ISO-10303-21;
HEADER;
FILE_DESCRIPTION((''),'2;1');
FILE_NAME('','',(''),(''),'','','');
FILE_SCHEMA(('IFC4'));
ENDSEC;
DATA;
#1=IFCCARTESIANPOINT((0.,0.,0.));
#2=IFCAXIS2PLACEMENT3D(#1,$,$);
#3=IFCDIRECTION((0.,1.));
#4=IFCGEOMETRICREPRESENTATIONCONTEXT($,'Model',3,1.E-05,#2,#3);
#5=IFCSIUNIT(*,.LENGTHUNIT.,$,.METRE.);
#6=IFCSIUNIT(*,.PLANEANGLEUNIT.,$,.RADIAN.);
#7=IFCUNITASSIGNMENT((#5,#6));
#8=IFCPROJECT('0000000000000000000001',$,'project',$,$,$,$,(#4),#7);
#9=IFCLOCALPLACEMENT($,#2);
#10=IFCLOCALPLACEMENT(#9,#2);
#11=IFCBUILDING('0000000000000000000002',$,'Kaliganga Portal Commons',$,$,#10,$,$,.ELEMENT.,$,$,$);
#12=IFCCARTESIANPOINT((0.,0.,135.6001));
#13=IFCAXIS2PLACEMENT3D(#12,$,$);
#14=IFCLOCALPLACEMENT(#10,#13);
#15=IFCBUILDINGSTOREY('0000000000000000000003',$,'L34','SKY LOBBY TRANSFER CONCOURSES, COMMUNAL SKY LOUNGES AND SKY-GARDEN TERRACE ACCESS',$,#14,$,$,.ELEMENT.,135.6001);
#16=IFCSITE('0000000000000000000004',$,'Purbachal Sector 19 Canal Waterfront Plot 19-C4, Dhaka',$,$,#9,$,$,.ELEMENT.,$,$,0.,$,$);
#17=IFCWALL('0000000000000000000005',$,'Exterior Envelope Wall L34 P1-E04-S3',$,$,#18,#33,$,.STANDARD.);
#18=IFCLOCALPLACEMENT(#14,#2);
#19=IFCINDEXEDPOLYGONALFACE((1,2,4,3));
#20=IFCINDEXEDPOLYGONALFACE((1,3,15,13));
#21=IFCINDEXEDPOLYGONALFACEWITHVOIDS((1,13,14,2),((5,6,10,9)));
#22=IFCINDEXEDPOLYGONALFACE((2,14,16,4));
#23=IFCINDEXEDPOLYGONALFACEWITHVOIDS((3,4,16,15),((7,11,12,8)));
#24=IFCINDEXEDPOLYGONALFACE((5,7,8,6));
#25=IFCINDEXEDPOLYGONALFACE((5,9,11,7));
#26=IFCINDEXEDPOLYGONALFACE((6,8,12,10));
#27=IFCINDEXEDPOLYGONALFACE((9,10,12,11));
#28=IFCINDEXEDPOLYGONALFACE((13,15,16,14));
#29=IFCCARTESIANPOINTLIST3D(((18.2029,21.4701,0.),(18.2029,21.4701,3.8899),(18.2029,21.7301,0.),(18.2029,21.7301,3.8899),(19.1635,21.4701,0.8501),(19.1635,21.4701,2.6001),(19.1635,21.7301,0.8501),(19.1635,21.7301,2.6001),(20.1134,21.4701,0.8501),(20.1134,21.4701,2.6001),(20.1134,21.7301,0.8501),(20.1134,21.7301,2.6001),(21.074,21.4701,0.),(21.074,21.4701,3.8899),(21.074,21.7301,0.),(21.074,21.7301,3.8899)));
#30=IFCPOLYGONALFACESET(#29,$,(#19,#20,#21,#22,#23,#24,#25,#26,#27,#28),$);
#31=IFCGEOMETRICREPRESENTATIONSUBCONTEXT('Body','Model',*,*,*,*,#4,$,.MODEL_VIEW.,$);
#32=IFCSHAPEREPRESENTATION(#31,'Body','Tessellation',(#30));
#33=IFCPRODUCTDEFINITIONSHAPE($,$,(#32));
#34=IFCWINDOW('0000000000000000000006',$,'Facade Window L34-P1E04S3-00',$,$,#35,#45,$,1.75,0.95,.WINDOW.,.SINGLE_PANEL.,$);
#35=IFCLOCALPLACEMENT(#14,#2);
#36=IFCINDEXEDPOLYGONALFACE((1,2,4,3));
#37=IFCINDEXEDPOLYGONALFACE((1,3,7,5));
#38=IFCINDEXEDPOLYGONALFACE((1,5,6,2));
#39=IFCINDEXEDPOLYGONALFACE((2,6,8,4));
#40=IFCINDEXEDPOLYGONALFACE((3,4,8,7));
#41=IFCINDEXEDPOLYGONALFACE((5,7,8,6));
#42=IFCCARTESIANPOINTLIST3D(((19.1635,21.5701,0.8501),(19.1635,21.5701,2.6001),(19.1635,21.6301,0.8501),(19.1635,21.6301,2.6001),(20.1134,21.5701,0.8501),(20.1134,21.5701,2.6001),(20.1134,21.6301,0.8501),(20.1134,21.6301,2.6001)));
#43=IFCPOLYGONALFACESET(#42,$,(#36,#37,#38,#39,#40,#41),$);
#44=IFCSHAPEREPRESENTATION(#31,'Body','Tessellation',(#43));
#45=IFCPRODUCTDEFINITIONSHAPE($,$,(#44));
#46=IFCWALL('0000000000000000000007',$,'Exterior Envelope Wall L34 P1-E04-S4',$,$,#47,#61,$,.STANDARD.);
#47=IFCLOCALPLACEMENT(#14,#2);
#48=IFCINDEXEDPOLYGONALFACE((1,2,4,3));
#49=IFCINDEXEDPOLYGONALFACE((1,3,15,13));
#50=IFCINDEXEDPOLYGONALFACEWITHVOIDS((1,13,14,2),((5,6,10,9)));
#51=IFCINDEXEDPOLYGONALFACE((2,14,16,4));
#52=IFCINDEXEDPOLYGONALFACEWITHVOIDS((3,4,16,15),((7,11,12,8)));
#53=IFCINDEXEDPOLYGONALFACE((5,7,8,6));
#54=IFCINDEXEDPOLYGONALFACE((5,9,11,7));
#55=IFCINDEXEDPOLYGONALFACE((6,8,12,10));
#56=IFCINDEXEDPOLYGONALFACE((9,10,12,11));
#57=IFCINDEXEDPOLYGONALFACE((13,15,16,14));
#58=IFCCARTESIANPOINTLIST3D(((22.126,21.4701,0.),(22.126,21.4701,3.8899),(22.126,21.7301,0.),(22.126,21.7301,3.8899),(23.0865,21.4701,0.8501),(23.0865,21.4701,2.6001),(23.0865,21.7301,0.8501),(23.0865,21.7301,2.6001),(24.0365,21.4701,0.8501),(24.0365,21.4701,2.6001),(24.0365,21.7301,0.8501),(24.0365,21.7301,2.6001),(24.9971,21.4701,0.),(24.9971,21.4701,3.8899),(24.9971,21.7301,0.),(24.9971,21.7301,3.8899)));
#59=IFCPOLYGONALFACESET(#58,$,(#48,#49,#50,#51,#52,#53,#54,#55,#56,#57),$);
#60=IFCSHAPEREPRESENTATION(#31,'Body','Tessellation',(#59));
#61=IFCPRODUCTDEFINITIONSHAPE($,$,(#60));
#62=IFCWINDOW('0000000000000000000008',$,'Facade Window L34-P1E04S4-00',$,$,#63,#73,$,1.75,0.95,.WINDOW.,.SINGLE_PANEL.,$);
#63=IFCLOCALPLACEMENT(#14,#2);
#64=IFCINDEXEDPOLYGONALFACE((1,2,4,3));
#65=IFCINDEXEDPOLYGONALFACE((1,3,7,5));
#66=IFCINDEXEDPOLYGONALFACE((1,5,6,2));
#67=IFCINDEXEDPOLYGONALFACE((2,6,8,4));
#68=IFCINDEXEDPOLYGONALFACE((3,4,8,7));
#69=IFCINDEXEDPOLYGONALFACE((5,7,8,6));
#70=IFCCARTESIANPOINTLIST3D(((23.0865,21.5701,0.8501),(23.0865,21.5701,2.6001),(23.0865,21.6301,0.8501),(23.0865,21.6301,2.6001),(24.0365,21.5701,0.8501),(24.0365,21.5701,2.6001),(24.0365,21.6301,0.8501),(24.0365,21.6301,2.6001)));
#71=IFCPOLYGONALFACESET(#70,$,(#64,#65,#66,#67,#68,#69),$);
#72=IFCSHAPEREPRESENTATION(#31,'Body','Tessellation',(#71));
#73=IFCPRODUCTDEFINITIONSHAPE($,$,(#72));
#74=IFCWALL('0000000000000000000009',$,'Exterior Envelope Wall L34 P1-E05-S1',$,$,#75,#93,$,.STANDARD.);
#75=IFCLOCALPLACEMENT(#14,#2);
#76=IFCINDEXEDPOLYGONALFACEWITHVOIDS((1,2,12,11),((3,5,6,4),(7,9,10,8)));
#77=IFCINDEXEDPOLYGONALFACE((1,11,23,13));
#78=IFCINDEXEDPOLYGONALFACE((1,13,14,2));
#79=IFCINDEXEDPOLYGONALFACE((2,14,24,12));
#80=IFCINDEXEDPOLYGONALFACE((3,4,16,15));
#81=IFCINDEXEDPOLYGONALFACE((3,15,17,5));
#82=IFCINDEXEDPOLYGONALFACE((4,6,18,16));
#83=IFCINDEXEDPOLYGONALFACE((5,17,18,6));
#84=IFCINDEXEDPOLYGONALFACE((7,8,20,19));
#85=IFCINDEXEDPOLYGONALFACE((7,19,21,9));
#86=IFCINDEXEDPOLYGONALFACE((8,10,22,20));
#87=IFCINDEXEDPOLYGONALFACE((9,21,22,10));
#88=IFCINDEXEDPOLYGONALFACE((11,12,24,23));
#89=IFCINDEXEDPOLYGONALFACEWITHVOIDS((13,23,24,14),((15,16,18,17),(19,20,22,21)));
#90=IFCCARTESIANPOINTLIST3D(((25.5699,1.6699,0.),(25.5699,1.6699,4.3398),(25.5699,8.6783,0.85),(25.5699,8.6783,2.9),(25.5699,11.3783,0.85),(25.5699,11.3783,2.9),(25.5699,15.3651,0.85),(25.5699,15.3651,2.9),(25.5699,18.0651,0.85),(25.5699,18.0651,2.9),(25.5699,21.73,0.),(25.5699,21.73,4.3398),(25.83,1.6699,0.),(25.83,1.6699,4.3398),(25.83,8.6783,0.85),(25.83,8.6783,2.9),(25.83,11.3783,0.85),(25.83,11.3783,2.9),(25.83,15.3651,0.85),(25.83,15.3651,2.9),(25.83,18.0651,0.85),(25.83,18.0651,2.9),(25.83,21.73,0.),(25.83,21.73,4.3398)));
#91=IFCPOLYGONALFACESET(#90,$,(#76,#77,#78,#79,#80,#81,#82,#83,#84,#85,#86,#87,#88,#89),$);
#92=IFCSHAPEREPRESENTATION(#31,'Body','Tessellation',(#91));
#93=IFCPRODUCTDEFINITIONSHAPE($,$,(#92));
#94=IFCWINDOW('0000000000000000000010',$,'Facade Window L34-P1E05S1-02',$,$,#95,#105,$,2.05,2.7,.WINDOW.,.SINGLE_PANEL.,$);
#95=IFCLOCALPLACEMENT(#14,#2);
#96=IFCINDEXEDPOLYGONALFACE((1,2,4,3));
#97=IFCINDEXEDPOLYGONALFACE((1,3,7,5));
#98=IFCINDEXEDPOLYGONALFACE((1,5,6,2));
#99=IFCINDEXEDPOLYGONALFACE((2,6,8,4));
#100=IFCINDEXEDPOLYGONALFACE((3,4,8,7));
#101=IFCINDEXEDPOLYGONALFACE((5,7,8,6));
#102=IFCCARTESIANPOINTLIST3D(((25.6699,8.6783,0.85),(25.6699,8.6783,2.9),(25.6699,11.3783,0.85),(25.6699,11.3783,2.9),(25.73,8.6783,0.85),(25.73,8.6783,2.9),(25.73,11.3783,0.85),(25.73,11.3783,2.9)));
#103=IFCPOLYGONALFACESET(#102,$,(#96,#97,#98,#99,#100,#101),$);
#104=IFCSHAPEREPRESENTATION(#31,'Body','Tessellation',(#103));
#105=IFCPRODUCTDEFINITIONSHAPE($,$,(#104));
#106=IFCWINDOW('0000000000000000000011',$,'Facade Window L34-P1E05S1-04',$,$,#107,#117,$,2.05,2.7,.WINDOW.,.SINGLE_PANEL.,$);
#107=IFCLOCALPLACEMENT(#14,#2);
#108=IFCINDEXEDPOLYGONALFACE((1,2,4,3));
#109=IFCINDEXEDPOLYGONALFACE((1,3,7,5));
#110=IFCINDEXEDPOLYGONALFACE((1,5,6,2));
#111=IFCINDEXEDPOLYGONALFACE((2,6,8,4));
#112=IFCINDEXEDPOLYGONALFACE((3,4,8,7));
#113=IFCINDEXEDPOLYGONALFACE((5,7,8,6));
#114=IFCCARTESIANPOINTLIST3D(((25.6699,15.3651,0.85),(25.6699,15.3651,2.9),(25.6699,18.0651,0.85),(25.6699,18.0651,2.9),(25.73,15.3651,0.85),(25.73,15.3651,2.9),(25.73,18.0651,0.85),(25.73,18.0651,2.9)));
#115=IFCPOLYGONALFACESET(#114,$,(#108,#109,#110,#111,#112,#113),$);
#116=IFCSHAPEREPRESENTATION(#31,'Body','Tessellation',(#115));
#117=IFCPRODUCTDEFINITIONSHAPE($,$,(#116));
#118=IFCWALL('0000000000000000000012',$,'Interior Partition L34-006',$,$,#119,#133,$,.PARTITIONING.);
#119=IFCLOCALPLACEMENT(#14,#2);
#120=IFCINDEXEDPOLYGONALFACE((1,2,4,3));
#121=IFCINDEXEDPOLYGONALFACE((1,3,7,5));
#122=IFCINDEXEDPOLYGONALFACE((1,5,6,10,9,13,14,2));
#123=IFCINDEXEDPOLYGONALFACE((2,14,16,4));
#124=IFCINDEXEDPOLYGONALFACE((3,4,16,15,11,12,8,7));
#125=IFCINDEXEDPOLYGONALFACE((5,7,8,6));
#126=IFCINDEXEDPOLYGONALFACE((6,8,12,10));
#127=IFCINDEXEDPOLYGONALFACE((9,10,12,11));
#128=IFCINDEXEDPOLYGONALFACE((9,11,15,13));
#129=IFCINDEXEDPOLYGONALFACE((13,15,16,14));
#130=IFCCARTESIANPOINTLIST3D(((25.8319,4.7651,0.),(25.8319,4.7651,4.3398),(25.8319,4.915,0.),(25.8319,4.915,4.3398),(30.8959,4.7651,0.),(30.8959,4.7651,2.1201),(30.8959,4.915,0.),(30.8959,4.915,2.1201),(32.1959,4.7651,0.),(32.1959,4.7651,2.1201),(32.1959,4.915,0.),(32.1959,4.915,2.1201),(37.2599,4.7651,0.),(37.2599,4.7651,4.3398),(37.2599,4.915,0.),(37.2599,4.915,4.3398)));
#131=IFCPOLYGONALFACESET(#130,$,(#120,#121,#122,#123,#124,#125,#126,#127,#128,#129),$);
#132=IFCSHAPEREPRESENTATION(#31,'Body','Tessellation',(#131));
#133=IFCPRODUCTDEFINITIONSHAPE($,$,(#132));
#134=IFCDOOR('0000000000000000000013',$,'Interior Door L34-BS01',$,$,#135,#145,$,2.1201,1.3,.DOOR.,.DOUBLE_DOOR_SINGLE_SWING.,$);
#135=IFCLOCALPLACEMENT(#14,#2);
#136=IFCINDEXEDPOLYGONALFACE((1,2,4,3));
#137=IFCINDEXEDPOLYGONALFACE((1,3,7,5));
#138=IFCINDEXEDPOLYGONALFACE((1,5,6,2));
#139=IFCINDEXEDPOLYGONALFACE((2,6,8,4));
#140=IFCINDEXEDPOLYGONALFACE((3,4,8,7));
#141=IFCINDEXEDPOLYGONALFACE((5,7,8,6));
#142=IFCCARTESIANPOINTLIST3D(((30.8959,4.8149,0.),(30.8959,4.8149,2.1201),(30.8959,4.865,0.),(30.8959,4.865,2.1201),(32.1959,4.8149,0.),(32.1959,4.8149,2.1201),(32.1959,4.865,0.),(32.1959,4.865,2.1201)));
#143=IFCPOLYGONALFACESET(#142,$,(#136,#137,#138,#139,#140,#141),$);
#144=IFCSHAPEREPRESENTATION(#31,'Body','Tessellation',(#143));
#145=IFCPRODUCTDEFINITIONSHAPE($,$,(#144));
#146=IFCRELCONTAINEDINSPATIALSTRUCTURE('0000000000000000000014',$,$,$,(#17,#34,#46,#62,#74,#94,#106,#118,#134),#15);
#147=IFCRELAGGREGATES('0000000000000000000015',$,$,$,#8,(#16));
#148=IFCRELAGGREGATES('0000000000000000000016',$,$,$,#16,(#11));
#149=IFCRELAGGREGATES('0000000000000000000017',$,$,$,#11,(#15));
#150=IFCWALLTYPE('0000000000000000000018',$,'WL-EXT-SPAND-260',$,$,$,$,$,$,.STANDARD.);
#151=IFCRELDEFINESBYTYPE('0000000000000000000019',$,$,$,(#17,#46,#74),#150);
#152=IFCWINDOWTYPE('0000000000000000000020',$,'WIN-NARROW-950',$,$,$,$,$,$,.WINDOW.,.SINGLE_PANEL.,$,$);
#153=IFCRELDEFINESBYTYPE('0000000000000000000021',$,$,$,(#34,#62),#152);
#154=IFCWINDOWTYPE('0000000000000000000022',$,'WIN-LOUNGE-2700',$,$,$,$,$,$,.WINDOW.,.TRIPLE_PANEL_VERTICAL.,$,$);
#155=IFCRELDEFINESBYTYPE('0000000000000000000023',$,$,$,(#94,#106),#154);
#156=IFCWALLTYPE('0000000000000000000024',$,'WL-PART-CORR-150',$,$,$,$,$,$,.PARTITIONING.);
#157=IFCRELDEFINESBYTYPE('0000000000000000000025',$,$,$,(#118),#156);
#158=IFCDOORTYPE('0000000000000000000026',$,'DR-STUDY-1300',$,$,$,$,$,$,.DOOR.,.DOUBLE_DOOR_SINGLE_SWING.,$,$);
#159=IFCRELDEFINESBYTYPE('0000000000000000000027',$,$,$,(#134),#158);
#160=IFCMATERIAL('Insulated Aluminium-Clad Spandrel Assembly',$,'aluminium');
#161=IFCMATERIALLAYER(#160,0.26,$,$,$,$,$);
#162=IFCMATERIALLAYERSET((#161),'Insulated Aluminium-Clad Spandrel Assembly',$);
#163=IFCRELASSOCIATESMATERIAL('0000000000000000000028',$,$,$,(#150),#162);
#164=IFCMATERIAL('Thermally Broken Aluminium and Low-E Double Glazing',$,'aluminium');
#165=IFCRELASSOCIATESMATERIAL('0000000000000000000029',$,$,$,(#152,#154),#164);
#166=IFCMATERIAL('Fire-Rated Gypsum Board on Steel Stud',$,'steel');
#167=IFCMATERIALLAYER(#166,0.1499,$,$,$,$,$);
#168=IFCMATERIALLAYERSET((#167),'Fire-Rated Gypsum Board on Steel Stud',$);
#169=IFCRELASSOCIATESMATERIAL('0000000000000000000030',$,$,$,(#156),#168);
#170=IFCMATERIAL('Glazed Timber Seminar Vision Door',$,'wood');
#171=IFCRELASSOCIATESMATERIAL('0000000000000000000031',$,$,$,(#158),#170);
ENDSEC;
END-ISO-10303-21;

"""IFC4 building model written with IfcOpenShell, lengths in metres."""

from ifc_helpers import new_model, si_unit, direction, frame, frame_2d, origin, place, context, subcontext, project, spatial, rectangle, extrude, material, layer, layer_set, type_object, element, fill, save


model = new_model("IFC4")

# Units and contexts
model_context = context("Model", 3, precision=1e-05, world=origin(), true_north=direction((0.0, 1.0)))
body_context = subcontext(model_context, "Body", "Model", "MODEL_VIEW")
ifc_project = project(units=[si_unit("LENGTHUNIT", "METRE"), si_unit("PLANEANGLEUNIT", "RADIAN")], contexts=[model_context])

# Site, building, storey
site_placement = place(None, origin())
site = spatial("IfcSite", under=ifc_project, at=site_placement, Name="Purbachal Sector 19 Canal Waterfront Plot 19-C4, Dhaka", CompositionType="ELEMENT", RefElevation=0.0)
building_placement = place(site_placement, origin())
building = spatial("IfcBuilding", under=site, at=building_placement, Name="Kaliganga Portal Commons", CompositionType="ELEMENT")
storey_placement = place(building_placement, frame((0.0, 0.0, 135.6001)))
storey = spatial("IfcBuildingStorey", under=building, at=storey_placement, Name="L34", Description="SKY LOBBY TRANSFER CONCOURSES, COMMUNAL SKY LOUNGES AND SKY-GARDEN TERRACE ACCESS", CompositionType="ELEMENT", Elevation=135.6001)

# Walls, openings, windows
ifc_material_1 = material(Name="Insulated Aluminium-Clad Spandrel Assembly", Category="aluminium")
ifc_layer_1 = layer(ifc_material_1, 0.26)
ifc_layer_set_1 = layer_set([ifc_layer_1], Name="Insulated Aluminium-Clad Spandrel Assembly")
wall_type_1 = type_object("IfcWallType", Name="WL-EXT-SPAND-260", PredefinedType="STANDARD", material=ifc_layer_set_1)
wall_1_placement = place(storey_placement, frame((21.074, 21.6001, 0.0), z_axis=(0.0, 0.0, 1.0), x_axis=(-1.0, 0.0, 0.0)))
wall_1 = element("IfcWall", 1, at=wall_1_placement, inside=storey, type_object=wall_type_1, Name="Exterior Envelope Wall L34 P1-E04-S3", PredefinedType="STANDARD", context=body_context, shape_type="SweptSolid", body=[
    extrude(rectangle(XDim=2.8711, YDim=0.26, at=frame_2d((1.4355, 0.0))), origin(), (0.0, 0.0, 1.0), 3.8899),
])
opening_1_placement = place(wall_1_placement, frame((0.9604, 0.0, 0.8501)))
opening_1 = element("IfcOpeningElement", 2, at=opening_1_placement, cuts=wall_1, PredefinedType="OPENING", context=body_context, shape_type="SweptSolid", body=[
    extrude(rectangle(XDim=0.95, YDim=1.75, at=frame_2d((0.4751, 0.875))), frame((0.0, 0.1401, 0.0), z_axis=(0.0, -1.0, 0.0), x_axis=(1.0, 0.0, 0.0)), (0.0, 0.0, 1.0), 0.28),
])
ifc_material_2 = material(Name="Thermally Broken Aluminium and Low-E Double Glazing", Category="aluminium")
window_type_1 = type_object("IfcWindowType", Name="WIN-NARROW-950", PartitioningType="SINGLE_PANEL", PredefinedType="WINDOW", material=ifc_material_2)
window_1_placement = place(opening_1_placement, origin())
window_1 = element("IfcWindow", 3, at=window_1_placement, inside=storey, type_object=window_type_1, Name="Facade Window L34-P1E04S3-00", OverallHeight=1.75, OverallWidth=0.95, PartitioningType="SINGLE_PANEL", PredefinedType="WINDOW", context=body_context, shape_type="SweptSolid", body=[
    extrude(rectangle(XDim=0.95, YDim=1.75, at=frame_2d((0.4751, 0.875))), frame((0.0, 0.03, 0.0), z_axis=(0.0, -1.0, 0.0), x_axis=(1.0, 0.0, 0.0)), (0.0, 0.0, 1.0), 0.0601),
])
fill(opening_1, window_1)
wall_2_placement = place(storey_placement, frame((24.9971, 21.6001, 0.0), z_axis=(0.0, 0.0, 1.0), x_axis=(-1.0, 0.0, 0.0)))
wall_2 = element("IfcWall", 4, at=wall_2_placement, inside=storey, type_object=wall_type_1, Name="Exterior Envelope Wall L34 P1-E04-S4", PredefinedType="STANDARD", context=body_context, shape_type="SweptSolid", body=[
    extrude(rectangle(XDim=2.8711, YDim=0.26, at=frame_2d((1.4355, 0.0))), origin(), (0.0, 0.0, 1.0), 3.8899),
])
opening_2_placement = place(wall_2_placement, frame((0.9604, 0.0, 0.8501)))
opening_2 = element("IfcOpeningElement", 5, at=opening_2_placement, cuts=wall_2, PredefinedType="OPENING", context=body_context, shape_type="SweptSolid", body=[
    extrude(rectangle(XDim=0.95, YDim=1.75, at=frame_2d((0.4751, 0.875))), frame((0.0, 0.1401, 0.0), z_axis=(0.0, -1.0, 0.0), x_axis=(1.0, 0.0, 0.0)), (0.0, 0.0, 1.0), 0.28),
])
window_2_placement = place(opening_2_placement, origin())
window_2 = element("IfcWindow", 6, at=window_2_placement, inside=storey, type_object=window_type_1, Name="Facade Window L34-P1E04S4-00", OverallHeight=1.75, OverallWidth=0.95, PartitioningType="SINGLE_PANEL", PredefinedType="WINDOW", context=body_context, shape_type="SweptSolid", body=[
    extrude(rectangle(XDim=0.95, YDim=1.75, at=frame_2d((0.4751, 0.875))), frame((0.0, 0.03, 0.0), z_axis=(0.0, -1.0, 0.0), x_axis=(1.0, 0.0, 0.0)), (0.0, 0.0, 1.0), 0.0601),
])
fill(opening_2, window_2)

# Wall, openings, windows
wall_3_placement = place(storey_placement, frame((25.7, 1.6699, 0.0), z_axis=(0.0, 0.0, 1.0), x_axis=(0.0, 1.0, 0.0)))
wall_3 = element("IfcWall", 7, at=wall_3_placement, inside=storey, type_object=wall_type_1, Name="Exterior Envelope Wall L34 P1-E05-S1", PredefinedType="STANDARD", context=body_context, shape_type="SweptSolid", body=[
    extrude(rectangle(XDim=20.0601, YDim=0.26, at=frame_2d((10.03, 0.0))), origin(), (0.0, 0.0, 1.0), 4.3398),
])
opening_3_placement = place(wall_3_placement, frame((7.0083, 0.0, 0.8501)))
opening_3 = element("IfcOpeningElement", 8, at=opening_3_placement, cuts=wall_3, PredefinedType="OPENING", context=body_context, shape_type="SweptSolid", body=[
    extrude(rectangle(XDim=2.7, YDim=2.05, at=frame_2d((1.3501, 1.0249))), frame((0.0, 0.1401, 0.0), z_axis=(0.0, -1.0, 0.0), x_axis=(1.0, 0.0, 0.0)), (0.0, 0.0, 1.0), 0.28),
])
opening_4_placement = place(wall_3_placement, frame((13.6951, 0.0, 0.8501)))
opening_4 = element("IfcOpeningElement", 9, at=opening_4_placement, cuts=wall_3, PredefinedType="OPENING", context=body_context, shape_type="SweptSolid", body=[
    extrude(rectangle(XDim=2.7, YDim=2.05, at=frame_2d((1.3501, 1.0249))), frame((0.0, 0.1401, 0.0), z_axis=(0.0, -1.0, 0.0), x_axis=(1.0, 0.0, 0.0)), (0.0, 0.0, 1.0), 0.28),
])
window_type_2 = type_object("IfcWindowType", Name="WIN-LOUNGE-2700", PartitioningType="TRIPLE_PANEL_VERTICAL", PredefinedType="WINDOW", material=ifc_material_2)
window_3_placement = place(opening_3_placement, origin())
window_3 = element("IfcWindow", 10, at=window_3_placement, inside=storey, type_object=window_type_2, Name="Facade Window L34-P1E05S1-02", OverallHeight=2.05, OverallWidth=2.7, PartitioningType="SINGLE_PANEL", PredefinedType="WINDOW", context=body_context, shape_type="SweptSolid", body=[
    extrude(rectangle(XDim=2.7, YDim=2.05, at=frame_2d((1.3501, 1.0249))), frame((0.0, 0.03, 0.0), z_axis=(0.0, -1.0, 0.0), x_axis=(1.0, 0.0, 0.0)), (0.0, 0.0, 1.0), 0.0601),
])
fill(opening_3, window_3)
window_4_placement = place(opening_4_placement, origin())
window_4 = element("IfcWindow", 11, at=window_4_placement, inside=storey, type_object=window_type_2, Name="Facade Window L34-P1E05S1-04", OverallHeight=2.05, OverallWidth=2.7, PartitioningType="SINGLE_PANEL", PredefinedType="WINDOW", context=body_context, shape_type="SweptSolid", body=[
    extrude(rectangle(XDim=2.7, YDim=2.05, at=frame_2d((1.3501, 1.0249))), frame((0.0, 0.03, 0.0), z_axis=(0.0, -1.0, 0.0), x_axis=(1.0, 0.0, 0.0)), (0.0, 0.0, 1.0), 0.0601),
])
fill(opening_4, window_4)

# Wall, opening, door
ifc_material_3 = material(Name="Fire-Rated Gypsum Board on Steel Stud", Category="steel")
ifc_layer_2 = layer(ifc_material_3, 0.1499)
ifc_layer_set_2 = layer_set([ifc_layer_2], Name="Fire-Rated Gypsum Board on Steel Stud")
wall_type_2 = type_object("IfcWallType", Name="WL-PART-CORR-150", PredefinedType="PARTITIONING", material=ifc_layer_set_2)
wall_4_placement = place(storey_placement, frame((25.832, 4.8401, 0.0), z_axis=(0.0, 0.0, 1.0), x_axis=(1.0, 0.0, 0.0)))
wall_4 = element("IfcWall", 12, at=wall_4_placement, inside=storey, type_object=wall_type_2, Name="Interior Partition L34-006", PredefinedType="PARTITIONING", context=body_context, shape_type="SweptSolid", body=[
    extrude(rectangle(XDim=11.428, YDim=0.1499, at=frame_2d((5.7139, 0.0))), origin(), (0.0, 0.0, 1.0), 4.3398),
])
opening_5_placement = place(wall_4_placement, frame((5.064, 0.0, 0.0)))
opening_5 = element("IfcOpeningElement", 13, at=opening_5_placement, cuts=wall_4, PredefinedType="OPENING", context=body_context, shape_type="SweptSolid", body=[
    extrude(rectangle(XDim=1.3, YDim=2.1201, at=frame_2d((0.6499, 1.0601))), frame((0.0, 0.085, 0.0), z_axis=(0.0, -1.0, 0.0), x_axis=(1.0, 0.0, 0.0)), (0.0, 0.0, 1.0), 0.1699),
])
ifc_material_4 = material(Name="Glazed Timber Seminar Vision Door", Category="wood")
door_type = type_object("IfcDoorType", Name="DR-STUDY-1300", OperationType="DOUBLE_DOOR_SINGLE_SWING", PredefinedType="DOOR", material=ifc_material_4)
door_1_placement = place(opening_5_placement, origin())
door_1 = element("IfcDoor", 14, at=door_1_placement, inside=storey, type_object=door_type, Name="Interior Door L34-BS01", OperationType="DOUBLE_DOOR_SINGLE_SWING", OverallHeight=2.1201, OverallWidth=1.3, PredefinedType="DOOR", context=body_context, shape_type="SweptSolid", body=[
    extrude(rectangle(XDim=1.3, YDim=2.1201, at=frame_2d((0.6499, 1.0601))), frame((0.0, 0.0249, 0.0), z_axis=(0.0, -1.0, 0.0), x_axis=(1.0, 0.0, 0.0)), (0.0, 0.0, 1.0), 0.05),
])
fill(opening_5, door_1)

save(model, "model.ifc")
